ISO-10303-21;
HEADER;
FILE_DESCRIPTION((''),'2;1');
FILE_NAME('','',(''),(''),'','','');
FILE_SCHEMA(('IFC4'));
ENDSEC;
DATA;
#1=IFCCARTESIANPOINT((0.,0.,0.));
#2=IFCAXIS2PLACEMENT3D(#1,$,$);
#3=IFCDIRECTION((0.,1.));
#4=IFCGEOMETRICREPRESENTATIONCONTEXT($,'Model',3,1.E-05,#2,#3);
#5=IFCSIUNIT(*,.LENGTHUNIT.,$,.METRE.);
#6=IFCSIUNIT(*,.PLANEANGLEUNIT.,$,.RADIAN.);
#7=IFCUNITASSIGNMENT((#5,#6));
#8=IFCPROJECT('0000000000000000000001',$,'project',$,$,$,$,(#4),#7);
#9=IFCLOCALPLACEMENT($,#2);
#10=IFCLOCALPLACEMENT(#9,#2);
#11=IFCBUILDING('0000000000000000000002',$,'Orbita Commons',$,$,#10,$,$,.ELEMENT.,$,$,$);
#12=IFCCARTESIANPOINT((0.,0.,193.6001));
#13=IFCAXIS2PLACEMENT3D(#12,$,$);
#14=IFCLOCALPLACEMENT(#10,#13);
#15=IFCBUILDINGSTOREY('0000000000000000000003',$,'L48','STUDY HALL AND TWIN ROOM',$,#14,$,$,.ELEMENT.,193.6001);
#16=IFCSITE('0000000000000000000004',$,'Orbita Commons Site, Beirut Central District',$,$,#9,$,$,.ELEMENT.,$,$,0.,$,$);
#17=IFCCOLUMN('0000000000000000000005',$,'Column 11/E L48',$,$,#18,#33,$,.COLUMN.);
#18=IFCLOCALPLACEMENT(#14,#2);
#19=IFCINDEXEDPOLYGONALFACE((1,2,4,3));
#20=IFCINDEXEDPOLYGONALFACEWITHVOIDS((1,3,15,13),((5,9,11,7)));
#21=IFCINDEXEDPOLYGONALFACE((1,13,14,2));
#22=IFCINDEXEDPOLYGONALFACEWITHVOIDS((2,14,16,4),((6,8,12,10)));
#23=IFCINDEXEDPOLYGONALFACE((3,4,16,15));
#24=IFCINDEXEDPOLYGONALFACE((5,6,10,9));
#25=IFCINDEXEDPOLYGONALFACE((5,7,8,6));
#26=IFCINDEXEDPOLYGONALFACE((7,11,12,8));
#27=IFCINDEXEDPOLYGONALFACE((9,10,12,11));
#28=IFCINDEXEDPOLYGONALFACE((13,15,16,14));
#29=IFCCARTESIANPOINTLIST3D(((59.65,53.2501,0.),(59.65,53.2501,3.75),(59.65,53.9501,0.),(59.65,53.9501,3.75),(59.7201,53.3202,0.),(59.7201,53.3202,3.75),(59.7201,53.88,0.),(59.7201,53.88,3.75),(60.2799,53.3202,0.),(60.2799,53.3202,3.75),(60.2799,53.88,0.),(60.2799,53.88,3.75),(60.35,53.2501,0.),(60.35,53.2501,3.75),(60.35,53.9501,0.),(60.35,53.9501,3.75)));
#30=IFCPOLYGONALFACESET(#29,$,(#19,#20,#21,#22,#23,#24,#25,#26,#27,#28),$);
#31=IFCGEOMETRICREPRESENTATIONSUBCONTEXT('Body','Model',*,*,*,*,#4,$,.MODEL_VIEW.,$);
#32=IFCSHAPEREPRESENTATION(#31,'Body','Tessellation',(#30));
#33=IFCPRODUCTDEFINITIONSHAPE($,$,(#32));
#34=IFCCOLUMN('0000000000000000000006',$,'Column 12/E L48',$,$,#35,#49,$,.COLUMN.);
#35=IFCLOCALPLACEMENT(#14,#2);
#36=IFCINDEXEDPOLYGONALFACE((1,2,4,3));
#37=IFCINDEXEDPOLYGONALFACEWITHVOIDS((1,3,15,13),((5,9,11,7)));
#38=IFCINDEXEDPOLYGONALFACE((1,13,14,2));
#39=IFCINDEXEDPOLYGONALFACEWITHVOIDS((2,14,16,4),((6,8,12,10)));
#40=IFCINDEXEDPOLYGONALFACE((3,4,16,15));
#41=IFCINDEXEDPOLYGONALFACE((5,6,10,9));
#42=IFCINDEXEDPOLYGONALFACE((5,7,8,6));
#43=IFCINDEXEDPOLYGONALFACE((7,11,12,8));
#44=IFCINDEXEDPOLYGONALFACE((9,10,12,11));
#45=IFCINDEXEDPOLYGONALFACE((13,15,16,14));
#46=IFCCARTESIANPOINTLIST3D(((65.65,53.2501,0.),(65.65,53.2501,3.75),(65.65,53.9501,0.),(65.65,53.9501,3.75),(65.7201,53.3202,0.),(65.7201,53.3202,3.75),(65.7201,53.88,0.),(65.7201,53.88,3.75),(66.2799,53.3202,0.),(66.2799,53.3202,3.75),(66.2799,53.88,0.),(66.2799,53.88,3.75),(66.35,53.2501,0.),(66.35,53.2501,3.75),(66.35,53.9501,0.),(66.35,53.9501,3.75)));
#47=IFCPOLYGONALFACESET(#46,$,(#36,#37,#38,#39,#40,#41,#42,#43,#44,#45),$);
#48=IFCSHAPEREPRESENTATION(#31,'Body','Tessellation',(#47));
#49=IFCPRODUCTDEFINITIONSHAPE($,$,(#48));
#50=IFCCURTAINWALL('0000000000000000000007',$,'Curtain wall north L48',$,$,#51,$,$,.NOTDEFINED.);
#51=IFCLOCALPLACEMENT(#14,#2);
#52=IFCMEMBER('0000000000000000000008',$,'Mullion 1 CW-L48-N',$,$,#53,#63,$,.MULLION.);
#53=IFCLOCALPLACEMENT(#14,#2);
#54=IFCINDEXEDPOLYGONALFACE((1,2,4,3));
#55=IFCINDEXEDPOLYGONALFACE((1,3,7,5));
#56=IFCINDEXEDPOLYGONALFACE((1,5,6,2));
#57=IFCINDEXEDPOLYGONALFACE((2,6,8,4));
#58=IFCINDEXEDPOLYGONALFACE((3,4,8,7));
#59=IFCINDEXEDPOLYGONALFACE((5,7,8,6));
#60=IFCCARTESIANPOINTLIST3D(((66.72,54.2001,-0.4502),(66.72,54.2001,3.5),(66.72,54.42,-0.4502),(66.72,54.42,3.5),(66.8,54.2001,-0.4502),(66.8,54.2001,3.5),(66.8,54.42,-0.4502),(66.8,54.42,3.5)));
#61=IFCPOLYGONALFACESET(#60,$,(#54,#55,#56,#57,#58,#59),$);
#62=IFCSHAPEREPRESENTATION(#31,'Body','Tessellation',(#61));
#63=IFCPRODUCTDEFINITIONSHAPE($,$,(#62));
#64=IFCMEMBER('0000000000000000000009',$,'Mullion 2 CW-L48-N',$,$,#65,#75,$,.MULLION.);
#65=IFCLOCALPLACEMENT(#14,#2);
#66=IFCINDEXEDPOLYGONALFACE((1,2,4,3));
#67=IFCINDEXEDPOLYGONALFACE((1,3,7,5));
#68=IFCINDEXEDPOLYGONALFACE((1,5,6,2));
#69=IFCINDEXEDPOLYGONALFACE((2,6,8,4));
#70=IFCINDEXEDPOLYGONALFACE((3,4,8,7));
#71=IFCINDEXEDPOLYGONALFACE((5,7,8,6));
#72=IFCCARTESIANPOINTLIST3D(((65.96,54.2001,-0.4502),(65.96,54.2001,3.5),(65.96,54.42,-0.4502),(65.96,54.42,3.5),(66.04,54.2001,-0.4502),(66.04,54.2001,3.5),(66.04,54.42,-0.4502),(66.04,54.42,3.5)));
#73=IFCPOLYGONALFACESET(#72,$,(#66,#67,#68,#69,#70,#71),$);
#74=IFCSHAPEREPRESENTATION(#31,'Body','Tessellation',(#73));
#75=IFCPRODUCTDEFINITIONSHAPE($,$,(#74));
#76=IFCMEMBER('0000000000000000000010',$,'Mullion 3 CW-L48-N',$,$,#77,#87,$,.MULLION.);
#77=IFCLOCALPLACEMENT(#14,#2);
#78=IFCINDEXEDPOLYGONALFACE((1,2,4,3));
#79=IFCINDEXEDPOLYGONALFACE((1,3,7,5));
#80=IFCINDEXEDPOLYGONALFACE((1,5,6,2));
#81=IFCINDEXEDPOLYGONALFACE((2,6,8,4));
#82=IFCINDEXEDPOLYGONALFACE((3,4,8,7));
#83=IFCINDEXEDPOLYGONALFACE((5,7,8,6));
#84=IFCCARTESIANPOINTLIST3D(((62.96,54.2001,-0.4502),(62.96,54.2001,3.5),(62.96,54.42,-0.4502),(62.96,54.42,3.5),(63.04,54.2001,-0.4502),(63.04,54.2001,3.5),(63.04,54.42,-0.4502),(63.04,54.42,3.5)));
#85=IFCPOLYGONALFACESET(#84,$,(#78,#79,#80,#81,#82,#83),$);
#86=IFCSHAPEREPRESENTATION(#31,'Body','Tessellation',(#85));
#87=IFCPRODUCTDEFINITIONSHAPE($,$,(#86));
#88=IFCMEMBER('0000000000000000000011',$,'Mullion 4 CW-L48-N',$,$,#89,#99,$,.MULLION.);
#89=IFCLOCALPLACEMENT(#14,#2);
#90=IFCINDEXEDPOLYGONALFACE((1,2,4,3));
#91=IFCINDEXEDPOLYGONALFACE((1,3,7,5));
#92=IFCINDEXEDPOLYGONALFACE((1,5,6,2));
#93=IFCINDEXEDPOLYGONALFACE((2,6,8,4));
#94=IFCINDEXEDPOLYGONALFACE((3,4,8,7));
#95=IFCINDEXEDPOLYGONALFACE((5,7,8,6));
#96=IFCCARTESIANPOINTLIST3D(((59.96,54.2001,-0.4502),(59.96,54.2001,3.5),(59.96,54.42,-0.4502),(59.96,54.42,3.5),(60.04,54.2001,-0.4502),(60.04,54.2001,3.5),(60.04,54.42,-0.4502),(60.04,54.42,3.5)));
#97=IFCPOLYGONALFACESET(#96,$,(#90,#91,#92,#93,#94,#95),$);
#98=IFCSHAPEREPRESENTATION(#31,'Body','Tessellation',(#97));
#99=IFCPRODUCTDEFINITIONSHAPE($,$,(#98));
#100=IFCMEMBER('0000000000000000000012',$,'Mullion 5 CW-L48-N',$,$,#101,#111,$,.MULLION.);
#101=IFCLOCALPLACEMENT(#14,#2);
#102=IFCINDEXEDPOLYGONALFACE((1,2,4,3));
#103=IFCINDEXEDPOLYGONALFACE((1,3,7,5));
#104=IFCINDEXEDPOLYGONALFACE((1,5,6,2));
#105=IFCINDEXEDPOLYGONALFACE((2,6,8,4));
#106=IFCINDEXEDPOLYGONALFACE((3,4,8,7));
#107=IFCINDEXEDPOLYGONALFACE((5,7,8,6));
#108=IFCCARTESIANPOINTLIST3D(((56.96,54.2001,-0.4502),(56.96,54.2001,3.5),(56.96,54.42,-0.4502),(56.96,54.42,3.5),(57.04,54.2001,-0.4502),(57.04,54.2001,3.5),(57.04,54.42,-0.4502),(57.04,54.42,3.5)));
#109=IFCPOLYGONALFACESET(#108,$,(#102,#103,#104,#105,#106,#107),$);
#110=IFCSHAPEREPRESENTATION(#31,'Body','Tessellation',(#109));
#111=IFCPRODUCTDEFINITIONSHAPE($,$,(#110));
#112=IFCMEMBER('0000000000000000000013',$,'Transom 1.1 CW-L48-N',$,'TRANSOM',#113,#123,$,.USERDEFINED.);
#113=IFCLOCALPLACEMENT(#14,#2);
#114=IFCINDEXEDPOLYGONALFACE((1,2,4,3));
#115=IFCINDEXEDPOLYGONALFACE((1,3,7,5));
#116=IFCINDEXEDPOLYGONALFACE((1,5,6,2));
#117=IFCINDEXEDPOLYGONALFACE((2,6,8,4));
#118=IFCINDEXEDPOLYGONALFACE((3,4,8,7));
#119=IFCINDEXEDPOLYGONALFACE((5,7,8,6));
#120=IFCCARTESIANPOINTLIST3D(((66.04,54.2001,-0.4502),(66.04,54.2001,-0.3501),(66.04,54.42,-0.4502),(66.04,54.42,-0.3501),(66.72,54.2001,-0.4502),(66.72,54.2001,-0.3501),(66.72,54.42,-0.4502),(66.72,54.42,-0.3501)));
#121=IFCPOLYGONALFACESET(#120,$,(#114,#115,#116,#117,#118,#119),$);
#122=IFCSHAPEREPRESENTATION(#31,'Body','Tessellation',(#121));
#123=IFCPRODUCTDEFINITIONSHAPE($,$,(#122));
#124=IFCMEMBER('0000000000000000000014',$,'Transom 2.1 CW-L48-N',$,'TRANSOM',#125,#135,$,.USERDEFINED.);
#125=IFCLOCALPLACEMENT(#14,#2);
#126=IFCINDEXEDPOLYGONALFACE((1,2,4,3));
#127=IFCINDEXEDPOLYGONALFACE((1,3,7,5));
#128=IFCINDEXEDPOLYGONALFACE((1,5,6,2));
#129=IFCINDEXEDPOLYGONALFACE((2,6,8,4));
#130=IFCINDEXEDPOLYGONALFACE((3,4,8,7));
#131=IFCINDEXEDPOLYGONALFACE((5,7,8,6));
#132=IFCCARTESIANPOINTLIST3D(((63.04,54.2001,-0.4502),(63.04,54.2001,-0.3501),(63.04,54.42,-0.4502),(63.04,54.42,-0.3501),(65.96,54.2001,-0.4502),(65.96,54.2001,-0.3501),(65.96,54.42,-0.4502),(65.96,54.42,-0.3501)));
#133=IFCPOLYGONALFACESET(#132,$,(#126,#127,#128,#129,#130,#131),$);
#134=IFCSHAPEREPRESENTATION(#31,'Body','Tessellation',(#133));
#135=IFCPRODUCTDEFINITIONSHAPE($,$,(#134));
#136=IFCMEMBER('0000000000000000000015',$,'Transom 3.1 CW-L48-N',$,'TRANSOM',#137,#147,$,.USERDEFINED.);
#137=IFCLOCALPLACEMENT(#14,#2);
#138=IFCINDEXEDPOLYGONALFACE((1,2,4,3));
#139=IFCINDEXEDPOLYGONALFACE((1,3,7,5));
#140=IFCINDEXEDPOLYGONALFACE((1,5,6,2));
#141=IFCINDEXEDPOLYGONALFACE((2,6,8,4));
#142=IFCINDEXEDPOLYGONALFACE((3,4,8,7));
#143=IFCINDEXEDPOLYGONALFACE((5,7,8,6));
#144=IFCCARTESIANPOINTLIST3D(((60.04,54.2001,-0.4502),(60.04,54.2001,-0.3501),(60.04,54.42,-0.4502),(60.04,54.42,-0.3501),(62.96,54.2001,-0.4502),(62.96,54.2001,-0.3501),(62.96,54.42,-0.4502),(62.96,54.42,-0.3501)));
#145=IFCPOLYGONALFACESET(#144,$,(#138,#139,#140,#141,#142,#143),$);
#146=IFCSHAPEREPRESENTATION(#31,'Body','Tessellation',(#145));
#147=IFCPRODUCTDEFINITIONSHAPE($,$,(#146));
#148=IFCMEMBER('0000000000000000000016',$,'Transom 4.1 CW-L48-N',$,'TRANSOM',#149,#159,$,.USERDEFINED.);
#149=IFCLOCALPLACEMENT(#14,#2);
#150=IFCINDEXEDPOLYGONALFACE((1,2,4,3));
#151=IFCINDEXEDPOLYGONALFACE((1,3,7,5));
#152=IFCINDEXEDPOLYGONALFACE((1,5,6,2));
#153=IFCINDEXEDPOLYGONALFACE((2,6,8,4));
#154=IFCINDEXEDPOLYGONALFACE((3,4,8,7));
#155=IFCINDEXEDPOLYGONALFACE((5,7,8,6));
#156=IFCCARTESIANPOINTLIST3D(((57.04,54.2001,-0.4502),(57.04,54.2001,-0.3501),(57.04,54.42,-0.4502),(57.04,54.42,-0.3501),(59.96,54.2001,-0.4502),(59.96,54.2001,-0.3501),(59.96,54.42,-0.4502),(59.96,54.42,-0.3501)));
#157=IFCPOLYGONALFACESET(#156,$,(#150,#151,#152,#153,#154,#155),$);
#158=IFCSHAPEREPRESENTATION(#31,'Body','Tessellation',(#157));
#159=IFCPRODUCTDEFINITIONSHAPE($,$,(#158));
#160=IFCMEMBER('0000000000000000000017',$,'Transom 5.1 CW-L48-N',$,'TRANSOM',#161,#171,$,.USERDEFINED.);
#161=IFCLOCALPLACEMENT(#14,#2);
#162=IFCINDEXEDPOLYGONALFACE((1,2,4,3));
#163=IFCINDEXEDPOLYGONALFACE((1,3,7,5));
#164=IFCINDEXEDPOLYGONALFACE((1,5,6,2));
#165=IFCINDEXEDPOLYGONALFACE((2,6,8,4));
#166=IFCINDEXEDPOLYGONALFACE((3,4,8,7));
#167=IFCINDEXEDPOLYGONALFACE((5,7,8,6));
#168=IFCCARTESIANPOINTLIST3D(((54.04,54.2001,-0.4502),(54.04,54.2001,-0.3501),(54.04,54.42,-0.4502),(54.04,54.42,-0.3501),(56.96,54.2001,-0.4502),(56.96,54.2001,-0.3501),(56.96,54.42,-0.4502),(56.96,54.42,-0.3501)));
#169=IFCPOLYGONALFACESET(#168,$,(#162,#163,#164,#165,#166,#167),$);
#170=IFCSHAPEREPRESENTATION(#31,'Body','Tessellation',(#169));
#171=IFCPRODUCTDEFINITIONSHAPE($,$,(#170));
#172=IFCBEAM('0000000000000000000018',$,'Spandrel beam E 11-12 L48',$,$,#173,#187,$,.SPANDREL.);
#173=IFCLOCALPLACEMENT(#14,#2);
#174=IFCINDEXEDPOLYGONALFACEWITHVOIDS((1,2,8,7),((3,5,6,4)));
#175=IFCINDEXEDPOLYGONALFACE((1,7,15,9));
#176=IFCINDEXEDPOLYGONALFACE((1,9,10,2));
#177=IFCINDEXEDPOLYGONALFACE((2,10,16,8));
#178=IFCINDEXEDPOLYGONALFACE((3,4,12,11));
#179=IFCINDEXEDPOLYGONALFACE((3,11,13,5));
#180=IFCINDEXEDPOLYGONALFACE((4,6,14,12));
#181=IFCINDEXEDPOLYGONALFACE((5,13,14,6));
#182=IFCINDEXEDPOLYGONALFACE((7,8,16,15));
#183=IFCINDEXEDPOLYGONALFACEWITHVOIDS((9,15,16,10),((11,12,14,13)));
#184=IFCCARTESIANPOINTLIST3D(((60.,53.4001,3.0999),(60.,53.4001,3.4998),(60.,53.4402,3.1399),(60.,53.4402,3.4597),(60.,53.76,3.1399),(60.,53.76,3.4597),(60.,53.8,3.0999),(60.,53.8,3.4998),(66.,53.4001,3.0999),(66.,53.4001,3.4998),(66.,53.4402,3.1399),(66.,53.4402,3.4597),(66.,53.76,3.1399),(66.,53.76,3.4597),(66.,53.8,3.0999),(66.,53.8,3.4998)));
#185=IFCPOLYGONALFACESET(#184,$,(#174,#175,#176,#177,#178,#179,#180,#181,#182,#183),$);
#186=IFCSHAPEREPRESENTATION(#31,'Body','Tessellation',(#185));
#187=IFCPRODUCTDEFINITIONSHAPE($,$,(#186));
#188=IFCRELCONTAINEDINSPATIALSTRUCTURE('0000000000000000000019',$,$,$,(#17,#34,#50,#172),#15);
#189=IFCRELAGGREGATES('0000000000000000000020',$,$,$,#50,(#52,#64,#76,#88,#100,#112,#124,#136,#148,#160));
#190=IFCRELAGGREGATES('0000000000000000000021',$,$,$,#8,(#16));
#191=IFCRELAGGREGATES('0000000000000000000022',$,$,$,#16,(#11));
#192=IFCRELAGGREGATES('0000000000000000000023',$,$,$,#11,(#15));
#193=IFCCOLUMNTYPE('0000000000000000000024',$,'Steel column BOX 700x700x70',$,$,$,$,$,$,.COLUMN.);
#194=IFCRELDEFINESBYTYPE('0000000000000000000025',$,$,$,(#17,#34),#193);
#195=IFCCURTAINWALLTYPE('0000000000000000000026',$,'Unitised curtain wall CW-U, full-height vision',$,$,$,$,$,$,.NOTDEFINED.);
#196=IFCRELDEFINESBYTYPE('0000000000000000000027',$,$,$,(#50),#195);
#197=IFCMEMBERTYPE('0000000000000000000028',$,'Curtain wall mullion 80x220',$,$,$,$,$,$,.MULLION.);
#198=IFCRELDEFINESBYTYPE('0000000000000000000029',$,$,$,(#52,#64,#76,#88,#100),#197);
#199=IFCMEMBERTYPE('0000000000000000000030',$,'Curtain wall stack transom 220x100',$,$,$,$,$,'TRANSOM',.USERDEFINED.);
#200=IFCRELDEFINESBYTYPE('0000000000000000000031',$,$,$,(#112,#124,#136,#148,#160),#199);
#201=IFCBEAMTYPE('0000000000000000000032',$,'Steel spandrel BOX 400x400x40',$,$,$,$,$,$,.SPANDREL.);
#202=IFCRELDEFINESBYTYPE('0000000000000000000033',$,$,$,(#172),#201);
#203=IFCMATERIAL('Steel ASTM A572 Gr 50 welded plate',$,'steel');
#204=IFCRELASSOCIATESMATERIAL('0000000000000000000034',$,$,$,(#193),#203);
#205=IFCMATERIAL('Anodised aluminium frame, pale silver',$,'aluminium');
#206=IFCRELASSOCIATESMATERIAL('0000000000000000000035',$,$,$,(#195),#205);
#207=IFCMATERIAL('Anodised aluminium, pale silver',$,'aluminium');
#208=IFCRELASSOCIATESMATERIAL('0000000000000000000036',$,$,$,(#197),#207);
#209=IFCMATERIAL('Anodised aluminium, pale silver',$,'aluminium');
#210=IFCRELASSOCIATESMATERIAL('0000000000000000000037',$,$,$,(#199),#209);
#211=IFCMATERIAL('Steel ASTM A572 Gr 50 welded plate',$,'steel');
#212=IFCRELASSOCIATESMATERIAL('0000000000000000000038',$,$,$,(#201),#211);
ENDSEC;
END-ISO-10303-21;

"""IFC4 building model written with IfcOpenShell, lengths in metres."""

from ifc_helpers import new_model, si_unit, direction, frame, origin, origin_2d, place, context, subcontext, project, spatial, rectangle, hollow_rectangle, extrude, material, material_profile, profile_set, type_object, element, aggregate, save


model = new_model("IFC4")

# Units and contexts
model_context = context("Model", 3, precision=1e-05, world=origin(), true_north=direction((0.0, 1.0)))
body_context = subcontext(model_context, "Body", "Model", "MODEL_VIEW")
ifc_project = project(units=[si_unit("LENGTHUNIT", "METRE"), si_unit("PLANEANGLEUNIT", "RADIAN")], contexts=[model_context])

# Site, building, storey
site_placement = place(None, origin())
site = spatial("IfcSite", under=ifc_project, at=site_placement, Name="Orbita Commons Site, Beirut Central District", CompositionType="ELEMENT", RefElevation=0.0)
building_placement = place(site_placement, origin())
building = spatial("IfcBuilding", under=site, at=building_placement, Name="Orbita Commons", CompositionType="ELEMENT")
storey_placement = place(building_placement, frame((0.0, 0.0, 193.6001)))
storey = spatial("IfcBuildingStorey", under=building, at=storey_placement, Name="L48", Description="STUDY HALL AND TWIN ROOM", CompositionType="ELEMENT", Elevation=193.6001)

# Columns
ifc_material_1 = material(Name="Steel ASTM A572 Gr 50 welded plate", Category="steel")
ifc_material_profile_1 = material_profile(ifc_material_1, hollow_rectangle(XDim=0.7, YDim=0.7, WallThickness=0.0701, at=origin_2d()), Name="BOX 700x700x70")
ifc_profile_set_1 = profile_set([ifc_material_profile_1], Name="Steel ASTM A572 Gr 50 welded plate")
column_type = type_object("IfcColumnType", Name="Steel column BOX 700x700x70", PredefinedType="COLUMN", material=ifc_profile_set_1)
for number, where, z_axis, x_axis, name in (
    (1, (60.0, 53.6001, 0.0), (0.0, 0.0, 1.0), (1.0, 0.0, 0.0), "Column 11/E L48"),
    (2, (66.0, 53.6001, 0.0), (0.0, 0.0, 1.0), (1.0, 0.0, 0.0), "Column 12/E L48"),
):
    element("IfcColumn", number, at=place(storey_placement, frame(where, z_axis=z_axis, x_axis=x_axis)), inside=storey, type_object=column_type, Name=name, PredefinedType="COLUMN", context=body_context, shape_type="SweptSolid", body=[
        extrude(hollow_rectangle(XDim=0.7, YDim=0.7, WallThickness=0.0701, at=origin_2d()), origin(), (0.0, 0.0, 1.0), 3.75),
    ])

# Curtain wall, members
ifc_material_2 = material(Name="Anodised aluminium frame, pale silver", Category="aluminium")
curtain_wall_type = type_object("IfcCurtainWallType", Name="Unitised curtain wall CW-U, full-height vision", PredefinedType="NOTDEFINED", material=ifc_material_2)
curtain_wall_placement = place(storey_placement, origin())
curtain_wall = element("IfcCurtainWall", 3, at=curtain_wall_placement, inside=storey, type_object=curtain_wall_type, Name="Curtain wall north L48", PredefinedType="NOTDEFINED")
ifc_material_3 = material(Name="Anodised aluminium, pale silver", Category="aluminium")
ifc_material_profile_2 = material_profile(ifc_material_3, rectangle(XDim=0.0801, YDim=0.22, at=origin_2d()), Name="AL 80x220")
ifc_profile_set_2 = profile_set([ifc_material_profile_2], Name="Anodised aluminium, pale silver")
member_type_1 = type_object("IfcMemberType", Name="Curtain wall mullion 80x220", PredefinedType="MULLION", material=ifc_profile_set_2)
member_1_placement = place(storey_placement, frame((66.76, 54.3101, -0.4502), z_axis=(0.0, 0.0, 1.0), x_axis=(-1.0, 0.0, 0.0)))
member_1 = element("IfcMember", 4, at=member_1_placement, type_object=member_type_1, Name="Mullion 1 CW-L48-N", PredefinedType="MULLION", context=body_context, shape_type="SweptSolid", body=[
    extrude(rectangle(XDim=0.0801, YDim=0.22, at=origin_2d()), origin(), (0.0, 0.0, 1.0), 3.9502),
])
member_2_placement = place(storey_placement, frame((66.0, 54.3101, -0.4502), z_axis=(0.0, 0.0, 1.0), x_axis=(-1.0, 0.0, 0.0)))
member_2 = element("IfcMember", 5, at=member_2_placement, type_object=member_type_1, Name="Mullion 2 CW-L48-N", PredefinedType="MULLION", context=body_context, shape_type="SweptSolid", body=[
    extrude(rectangle(XDim=0.0801, YDim=0.22, at=origin_2d()), origin(), (0.0, 0.0, 1.0), 3.9502),
])
member_3_placement = place(storey_placement, frame((63.0, 54.3101, -0.4502), z_axis=(0.0, 0.0, 1.0), x_axis=(-1.0, 0.0, 0.0)))
member_3 = element("IfcMember", 6, at=member_3_placement, type_object=member_type_1, Name="Mullion 3 CW-L48-N", PredefinedType="MULLION", context=body_context, shape_type="SweptSolid", body=[
    extrude(rectangle(XDim=0.0801, YDim=0.22, at=origin_2d()), origin(), (0.0, 0.0, 1.0), 3.9502),
])
member_4_placement = place(storey_placement, frame((60.0, 54.3101, -0.4502), z_axis=(0.0, 0.0, 1.0), x_axis=(-1.0, 0.0, 0.0)))
member_4 = element("IfcMember", 7, at=member_4_placement, type_object=member_type_1, Name="Mullion 4 CW-L48-N", PredefinedType="MULLION", context=body_context, shape_type="SweptSolid", body=[
    extrude(rectangle(XDim=0.0801, YDim=0.22, at=origin_2d()), origin(), (0.0, 0.0, 1.0), 3.9502),
])
member_5_placement = place(storey_placement, frame((57.0, 54.3101, -0.4502), z_axis=(0.0, 0.0, 1.0), x_axis=(-1.0, 0.0, 0.0)))
member_5 = element("IfcMember", 8, at=member_5_placement, type_object=member_type_1, Name="Mullion 5 CW-L48-N", PredefinedType="MULLION", context=body_context, shape_type="SweptSolid", body=[
    extrude(rectangle(XDim=0.0801, YDim=0.22, at=origin_2d()), origin(), (0.0, 0.0, 1.0), 3.9502),
])
ifc_material_4 = material(Name="Anodised aluminium, pale silver", Category="aluminium")
ifc_material_profile_3 = material_profile(ifc_material_4, rectangle(XDim=0.22, YDim=0.1001, at=origin_2d()), Name="AL 220x100")
ifc_profile_set_3 = profile_set([ifc_material_profile_3], Name="Anodised aluminium, pale silver")
member_type_2 = type_object("IfcMemberType", Name="Curtain wall stack transom 220x100", ElementType="TRANSOM", PredefinedType="USERDEFINED", material=ifc_profile_set_3)
member_6_placement = place(storey_placement, frame((66.72, 54.3101, -0.4001), z_axis=(-1.0, 0.0, 0.0), x_axis=(0.0, -1.0, 0.0)))
member_6 = element("IfcMember", 9, at=member_6_placement, type_object=member_type_2, Name="Transom 1.1 CW-L48-N", ObjectType="TRANSOM", PredefinedType="USERDEFINED", context=body_context, shape_type="SweptSolid", body=[
    extrude(rectangle(XDim=0.22, YDim=0.1001, at=origin_2d()), origin(), (0.0, 0.0, 1.0), 0.6799),
])
member_7_placement = place(storey_placement, frame((65.96, 54.3101, -0.4001), z_axis=(-1.0, 0.0, 0.0), x_axis=(0.0, -1.0, 0.0)))
member_7 = element("IfcMember", 10, at=member_7_placement, type_object=member_type_2, Name="Transom 2.1 CW-L48-N", ObjectType="TRANSOM", PredefinedType="USERDEFINED", context=body_context, shape_type="SweptSolid", body=[
    extrude(rectangle(XDim=0.22, YDim=0.1001, at=origin_2d()), origin(), (0.0, 0.0, 1.0), 2.9199),
])
member_8_placement = place(storey_placement, frame((62.96, 54.3101, -0.4001), z_axis=(-1.0, 0.0, 0.0), x_axis=(0.0, -1.0, 0.0)))
member_8 = element("IfcMember", 11, at=member_8_placement, type_object=member_type_2, Name="Transom 3.1 CW-L48-N", ObjectType="TRANSOM", PredefinedType="USERDEFINED", context=body_context, shape_type="SweptSolid", body=[
    extrude(rectangle(XDim=0.22, YDim=0.1001, at=origin_2d()), origin(), (0.0, 0.0, 1.0), 2.9199),
])
member_9_placement = place(storey_placement, frame((59.96, 54.3101, -0.4001), z_axis=(-1.0, 0.0, 0.0), x_axis=(0.0, -1.0, 0.0)))
member_9 = element("IfcMember", 12, at=member_9_placement, type_object=member_type_2, Name="Transom 4.1 CW-L48-N", ObjectType="TRANSOM", PredefinedType="USERDEFINED", context=body_context, shape_type="SweptSolid", body=[
    extrude(rectangle(XDim=0.22, YDim=0.1001, at=origin_2d()), origin(), (0.0, 0.0, 1.0), 2.9199),
])
member_10_placement = place(storey_placement, frame((56.96, 54.3101, -0.4001), z_axis=(-1.0, 0.0, 0.0), x_axis=(0.0, -1.0, 0.0)))
member_10 = element("IfcMember", 13, at=member_10_placement, type_object=member_type_2, Name="Transom 5.1 CW-L48-N", ObjectType="TRANSOM", PredefinedType="USERDEFINED", context=body_context, shape_type="SweptSolid", body=[
    extrude(rectangle(XDim=0.22, YDim=0.1001, at=origin_2d()), origin(), (0.0, 0.0, 1.0), 2.9199),
])

# Beam
ifc_material_5 = material(Name="Steel ASTM A572 Gr 50 welded plate", Category="steel")
ifc_material_profile_4 = material_profile(ifc_material_5, hollow_rectangle(XDim=0.3999, YDim=0.3999, WallThickness=0.04, at=origin_2d()), Name="BOX 400x400x40")
ifc_profile_set_4 = profile_set([ifc_material_profile_4], Name="Steel ASTM A572 Gr 50 welded plate")
beam_type = type_object("IfcBeamType", Name="Steel spandrel BOX 400x400x40", PredefinedType="SPANDREL", material=ifc_profile_set_4)
beam_placement = place(storey_placement, frame((60.0, 53.6001, 3.2998), z_axis=(1.0, 0.0, 0.0), x_axis=(0.0, 1.0, 0.0)))
element("IfcBeam", 14, at=beam_placement, inside=storey, type_object=beam_type, Name="Spandrel beam E 11-12 L48", PredefinedType="SPANDREL", context=body_context, shape_type="SweptSolid", body=[
    extrude(hollow_rectangle(XDim=0.3999, YDim=0.3999, WallThickness=0.04, at=origin_2d()), origin(), (0.0, 0.0, 1.0), 6.0),
])

aggregate(curtain_wall, [member_1, member_2, member_3, member_4, member_5, member_6, member_7, member_8, member_9, member_10])

save(model, "model.ifc")
